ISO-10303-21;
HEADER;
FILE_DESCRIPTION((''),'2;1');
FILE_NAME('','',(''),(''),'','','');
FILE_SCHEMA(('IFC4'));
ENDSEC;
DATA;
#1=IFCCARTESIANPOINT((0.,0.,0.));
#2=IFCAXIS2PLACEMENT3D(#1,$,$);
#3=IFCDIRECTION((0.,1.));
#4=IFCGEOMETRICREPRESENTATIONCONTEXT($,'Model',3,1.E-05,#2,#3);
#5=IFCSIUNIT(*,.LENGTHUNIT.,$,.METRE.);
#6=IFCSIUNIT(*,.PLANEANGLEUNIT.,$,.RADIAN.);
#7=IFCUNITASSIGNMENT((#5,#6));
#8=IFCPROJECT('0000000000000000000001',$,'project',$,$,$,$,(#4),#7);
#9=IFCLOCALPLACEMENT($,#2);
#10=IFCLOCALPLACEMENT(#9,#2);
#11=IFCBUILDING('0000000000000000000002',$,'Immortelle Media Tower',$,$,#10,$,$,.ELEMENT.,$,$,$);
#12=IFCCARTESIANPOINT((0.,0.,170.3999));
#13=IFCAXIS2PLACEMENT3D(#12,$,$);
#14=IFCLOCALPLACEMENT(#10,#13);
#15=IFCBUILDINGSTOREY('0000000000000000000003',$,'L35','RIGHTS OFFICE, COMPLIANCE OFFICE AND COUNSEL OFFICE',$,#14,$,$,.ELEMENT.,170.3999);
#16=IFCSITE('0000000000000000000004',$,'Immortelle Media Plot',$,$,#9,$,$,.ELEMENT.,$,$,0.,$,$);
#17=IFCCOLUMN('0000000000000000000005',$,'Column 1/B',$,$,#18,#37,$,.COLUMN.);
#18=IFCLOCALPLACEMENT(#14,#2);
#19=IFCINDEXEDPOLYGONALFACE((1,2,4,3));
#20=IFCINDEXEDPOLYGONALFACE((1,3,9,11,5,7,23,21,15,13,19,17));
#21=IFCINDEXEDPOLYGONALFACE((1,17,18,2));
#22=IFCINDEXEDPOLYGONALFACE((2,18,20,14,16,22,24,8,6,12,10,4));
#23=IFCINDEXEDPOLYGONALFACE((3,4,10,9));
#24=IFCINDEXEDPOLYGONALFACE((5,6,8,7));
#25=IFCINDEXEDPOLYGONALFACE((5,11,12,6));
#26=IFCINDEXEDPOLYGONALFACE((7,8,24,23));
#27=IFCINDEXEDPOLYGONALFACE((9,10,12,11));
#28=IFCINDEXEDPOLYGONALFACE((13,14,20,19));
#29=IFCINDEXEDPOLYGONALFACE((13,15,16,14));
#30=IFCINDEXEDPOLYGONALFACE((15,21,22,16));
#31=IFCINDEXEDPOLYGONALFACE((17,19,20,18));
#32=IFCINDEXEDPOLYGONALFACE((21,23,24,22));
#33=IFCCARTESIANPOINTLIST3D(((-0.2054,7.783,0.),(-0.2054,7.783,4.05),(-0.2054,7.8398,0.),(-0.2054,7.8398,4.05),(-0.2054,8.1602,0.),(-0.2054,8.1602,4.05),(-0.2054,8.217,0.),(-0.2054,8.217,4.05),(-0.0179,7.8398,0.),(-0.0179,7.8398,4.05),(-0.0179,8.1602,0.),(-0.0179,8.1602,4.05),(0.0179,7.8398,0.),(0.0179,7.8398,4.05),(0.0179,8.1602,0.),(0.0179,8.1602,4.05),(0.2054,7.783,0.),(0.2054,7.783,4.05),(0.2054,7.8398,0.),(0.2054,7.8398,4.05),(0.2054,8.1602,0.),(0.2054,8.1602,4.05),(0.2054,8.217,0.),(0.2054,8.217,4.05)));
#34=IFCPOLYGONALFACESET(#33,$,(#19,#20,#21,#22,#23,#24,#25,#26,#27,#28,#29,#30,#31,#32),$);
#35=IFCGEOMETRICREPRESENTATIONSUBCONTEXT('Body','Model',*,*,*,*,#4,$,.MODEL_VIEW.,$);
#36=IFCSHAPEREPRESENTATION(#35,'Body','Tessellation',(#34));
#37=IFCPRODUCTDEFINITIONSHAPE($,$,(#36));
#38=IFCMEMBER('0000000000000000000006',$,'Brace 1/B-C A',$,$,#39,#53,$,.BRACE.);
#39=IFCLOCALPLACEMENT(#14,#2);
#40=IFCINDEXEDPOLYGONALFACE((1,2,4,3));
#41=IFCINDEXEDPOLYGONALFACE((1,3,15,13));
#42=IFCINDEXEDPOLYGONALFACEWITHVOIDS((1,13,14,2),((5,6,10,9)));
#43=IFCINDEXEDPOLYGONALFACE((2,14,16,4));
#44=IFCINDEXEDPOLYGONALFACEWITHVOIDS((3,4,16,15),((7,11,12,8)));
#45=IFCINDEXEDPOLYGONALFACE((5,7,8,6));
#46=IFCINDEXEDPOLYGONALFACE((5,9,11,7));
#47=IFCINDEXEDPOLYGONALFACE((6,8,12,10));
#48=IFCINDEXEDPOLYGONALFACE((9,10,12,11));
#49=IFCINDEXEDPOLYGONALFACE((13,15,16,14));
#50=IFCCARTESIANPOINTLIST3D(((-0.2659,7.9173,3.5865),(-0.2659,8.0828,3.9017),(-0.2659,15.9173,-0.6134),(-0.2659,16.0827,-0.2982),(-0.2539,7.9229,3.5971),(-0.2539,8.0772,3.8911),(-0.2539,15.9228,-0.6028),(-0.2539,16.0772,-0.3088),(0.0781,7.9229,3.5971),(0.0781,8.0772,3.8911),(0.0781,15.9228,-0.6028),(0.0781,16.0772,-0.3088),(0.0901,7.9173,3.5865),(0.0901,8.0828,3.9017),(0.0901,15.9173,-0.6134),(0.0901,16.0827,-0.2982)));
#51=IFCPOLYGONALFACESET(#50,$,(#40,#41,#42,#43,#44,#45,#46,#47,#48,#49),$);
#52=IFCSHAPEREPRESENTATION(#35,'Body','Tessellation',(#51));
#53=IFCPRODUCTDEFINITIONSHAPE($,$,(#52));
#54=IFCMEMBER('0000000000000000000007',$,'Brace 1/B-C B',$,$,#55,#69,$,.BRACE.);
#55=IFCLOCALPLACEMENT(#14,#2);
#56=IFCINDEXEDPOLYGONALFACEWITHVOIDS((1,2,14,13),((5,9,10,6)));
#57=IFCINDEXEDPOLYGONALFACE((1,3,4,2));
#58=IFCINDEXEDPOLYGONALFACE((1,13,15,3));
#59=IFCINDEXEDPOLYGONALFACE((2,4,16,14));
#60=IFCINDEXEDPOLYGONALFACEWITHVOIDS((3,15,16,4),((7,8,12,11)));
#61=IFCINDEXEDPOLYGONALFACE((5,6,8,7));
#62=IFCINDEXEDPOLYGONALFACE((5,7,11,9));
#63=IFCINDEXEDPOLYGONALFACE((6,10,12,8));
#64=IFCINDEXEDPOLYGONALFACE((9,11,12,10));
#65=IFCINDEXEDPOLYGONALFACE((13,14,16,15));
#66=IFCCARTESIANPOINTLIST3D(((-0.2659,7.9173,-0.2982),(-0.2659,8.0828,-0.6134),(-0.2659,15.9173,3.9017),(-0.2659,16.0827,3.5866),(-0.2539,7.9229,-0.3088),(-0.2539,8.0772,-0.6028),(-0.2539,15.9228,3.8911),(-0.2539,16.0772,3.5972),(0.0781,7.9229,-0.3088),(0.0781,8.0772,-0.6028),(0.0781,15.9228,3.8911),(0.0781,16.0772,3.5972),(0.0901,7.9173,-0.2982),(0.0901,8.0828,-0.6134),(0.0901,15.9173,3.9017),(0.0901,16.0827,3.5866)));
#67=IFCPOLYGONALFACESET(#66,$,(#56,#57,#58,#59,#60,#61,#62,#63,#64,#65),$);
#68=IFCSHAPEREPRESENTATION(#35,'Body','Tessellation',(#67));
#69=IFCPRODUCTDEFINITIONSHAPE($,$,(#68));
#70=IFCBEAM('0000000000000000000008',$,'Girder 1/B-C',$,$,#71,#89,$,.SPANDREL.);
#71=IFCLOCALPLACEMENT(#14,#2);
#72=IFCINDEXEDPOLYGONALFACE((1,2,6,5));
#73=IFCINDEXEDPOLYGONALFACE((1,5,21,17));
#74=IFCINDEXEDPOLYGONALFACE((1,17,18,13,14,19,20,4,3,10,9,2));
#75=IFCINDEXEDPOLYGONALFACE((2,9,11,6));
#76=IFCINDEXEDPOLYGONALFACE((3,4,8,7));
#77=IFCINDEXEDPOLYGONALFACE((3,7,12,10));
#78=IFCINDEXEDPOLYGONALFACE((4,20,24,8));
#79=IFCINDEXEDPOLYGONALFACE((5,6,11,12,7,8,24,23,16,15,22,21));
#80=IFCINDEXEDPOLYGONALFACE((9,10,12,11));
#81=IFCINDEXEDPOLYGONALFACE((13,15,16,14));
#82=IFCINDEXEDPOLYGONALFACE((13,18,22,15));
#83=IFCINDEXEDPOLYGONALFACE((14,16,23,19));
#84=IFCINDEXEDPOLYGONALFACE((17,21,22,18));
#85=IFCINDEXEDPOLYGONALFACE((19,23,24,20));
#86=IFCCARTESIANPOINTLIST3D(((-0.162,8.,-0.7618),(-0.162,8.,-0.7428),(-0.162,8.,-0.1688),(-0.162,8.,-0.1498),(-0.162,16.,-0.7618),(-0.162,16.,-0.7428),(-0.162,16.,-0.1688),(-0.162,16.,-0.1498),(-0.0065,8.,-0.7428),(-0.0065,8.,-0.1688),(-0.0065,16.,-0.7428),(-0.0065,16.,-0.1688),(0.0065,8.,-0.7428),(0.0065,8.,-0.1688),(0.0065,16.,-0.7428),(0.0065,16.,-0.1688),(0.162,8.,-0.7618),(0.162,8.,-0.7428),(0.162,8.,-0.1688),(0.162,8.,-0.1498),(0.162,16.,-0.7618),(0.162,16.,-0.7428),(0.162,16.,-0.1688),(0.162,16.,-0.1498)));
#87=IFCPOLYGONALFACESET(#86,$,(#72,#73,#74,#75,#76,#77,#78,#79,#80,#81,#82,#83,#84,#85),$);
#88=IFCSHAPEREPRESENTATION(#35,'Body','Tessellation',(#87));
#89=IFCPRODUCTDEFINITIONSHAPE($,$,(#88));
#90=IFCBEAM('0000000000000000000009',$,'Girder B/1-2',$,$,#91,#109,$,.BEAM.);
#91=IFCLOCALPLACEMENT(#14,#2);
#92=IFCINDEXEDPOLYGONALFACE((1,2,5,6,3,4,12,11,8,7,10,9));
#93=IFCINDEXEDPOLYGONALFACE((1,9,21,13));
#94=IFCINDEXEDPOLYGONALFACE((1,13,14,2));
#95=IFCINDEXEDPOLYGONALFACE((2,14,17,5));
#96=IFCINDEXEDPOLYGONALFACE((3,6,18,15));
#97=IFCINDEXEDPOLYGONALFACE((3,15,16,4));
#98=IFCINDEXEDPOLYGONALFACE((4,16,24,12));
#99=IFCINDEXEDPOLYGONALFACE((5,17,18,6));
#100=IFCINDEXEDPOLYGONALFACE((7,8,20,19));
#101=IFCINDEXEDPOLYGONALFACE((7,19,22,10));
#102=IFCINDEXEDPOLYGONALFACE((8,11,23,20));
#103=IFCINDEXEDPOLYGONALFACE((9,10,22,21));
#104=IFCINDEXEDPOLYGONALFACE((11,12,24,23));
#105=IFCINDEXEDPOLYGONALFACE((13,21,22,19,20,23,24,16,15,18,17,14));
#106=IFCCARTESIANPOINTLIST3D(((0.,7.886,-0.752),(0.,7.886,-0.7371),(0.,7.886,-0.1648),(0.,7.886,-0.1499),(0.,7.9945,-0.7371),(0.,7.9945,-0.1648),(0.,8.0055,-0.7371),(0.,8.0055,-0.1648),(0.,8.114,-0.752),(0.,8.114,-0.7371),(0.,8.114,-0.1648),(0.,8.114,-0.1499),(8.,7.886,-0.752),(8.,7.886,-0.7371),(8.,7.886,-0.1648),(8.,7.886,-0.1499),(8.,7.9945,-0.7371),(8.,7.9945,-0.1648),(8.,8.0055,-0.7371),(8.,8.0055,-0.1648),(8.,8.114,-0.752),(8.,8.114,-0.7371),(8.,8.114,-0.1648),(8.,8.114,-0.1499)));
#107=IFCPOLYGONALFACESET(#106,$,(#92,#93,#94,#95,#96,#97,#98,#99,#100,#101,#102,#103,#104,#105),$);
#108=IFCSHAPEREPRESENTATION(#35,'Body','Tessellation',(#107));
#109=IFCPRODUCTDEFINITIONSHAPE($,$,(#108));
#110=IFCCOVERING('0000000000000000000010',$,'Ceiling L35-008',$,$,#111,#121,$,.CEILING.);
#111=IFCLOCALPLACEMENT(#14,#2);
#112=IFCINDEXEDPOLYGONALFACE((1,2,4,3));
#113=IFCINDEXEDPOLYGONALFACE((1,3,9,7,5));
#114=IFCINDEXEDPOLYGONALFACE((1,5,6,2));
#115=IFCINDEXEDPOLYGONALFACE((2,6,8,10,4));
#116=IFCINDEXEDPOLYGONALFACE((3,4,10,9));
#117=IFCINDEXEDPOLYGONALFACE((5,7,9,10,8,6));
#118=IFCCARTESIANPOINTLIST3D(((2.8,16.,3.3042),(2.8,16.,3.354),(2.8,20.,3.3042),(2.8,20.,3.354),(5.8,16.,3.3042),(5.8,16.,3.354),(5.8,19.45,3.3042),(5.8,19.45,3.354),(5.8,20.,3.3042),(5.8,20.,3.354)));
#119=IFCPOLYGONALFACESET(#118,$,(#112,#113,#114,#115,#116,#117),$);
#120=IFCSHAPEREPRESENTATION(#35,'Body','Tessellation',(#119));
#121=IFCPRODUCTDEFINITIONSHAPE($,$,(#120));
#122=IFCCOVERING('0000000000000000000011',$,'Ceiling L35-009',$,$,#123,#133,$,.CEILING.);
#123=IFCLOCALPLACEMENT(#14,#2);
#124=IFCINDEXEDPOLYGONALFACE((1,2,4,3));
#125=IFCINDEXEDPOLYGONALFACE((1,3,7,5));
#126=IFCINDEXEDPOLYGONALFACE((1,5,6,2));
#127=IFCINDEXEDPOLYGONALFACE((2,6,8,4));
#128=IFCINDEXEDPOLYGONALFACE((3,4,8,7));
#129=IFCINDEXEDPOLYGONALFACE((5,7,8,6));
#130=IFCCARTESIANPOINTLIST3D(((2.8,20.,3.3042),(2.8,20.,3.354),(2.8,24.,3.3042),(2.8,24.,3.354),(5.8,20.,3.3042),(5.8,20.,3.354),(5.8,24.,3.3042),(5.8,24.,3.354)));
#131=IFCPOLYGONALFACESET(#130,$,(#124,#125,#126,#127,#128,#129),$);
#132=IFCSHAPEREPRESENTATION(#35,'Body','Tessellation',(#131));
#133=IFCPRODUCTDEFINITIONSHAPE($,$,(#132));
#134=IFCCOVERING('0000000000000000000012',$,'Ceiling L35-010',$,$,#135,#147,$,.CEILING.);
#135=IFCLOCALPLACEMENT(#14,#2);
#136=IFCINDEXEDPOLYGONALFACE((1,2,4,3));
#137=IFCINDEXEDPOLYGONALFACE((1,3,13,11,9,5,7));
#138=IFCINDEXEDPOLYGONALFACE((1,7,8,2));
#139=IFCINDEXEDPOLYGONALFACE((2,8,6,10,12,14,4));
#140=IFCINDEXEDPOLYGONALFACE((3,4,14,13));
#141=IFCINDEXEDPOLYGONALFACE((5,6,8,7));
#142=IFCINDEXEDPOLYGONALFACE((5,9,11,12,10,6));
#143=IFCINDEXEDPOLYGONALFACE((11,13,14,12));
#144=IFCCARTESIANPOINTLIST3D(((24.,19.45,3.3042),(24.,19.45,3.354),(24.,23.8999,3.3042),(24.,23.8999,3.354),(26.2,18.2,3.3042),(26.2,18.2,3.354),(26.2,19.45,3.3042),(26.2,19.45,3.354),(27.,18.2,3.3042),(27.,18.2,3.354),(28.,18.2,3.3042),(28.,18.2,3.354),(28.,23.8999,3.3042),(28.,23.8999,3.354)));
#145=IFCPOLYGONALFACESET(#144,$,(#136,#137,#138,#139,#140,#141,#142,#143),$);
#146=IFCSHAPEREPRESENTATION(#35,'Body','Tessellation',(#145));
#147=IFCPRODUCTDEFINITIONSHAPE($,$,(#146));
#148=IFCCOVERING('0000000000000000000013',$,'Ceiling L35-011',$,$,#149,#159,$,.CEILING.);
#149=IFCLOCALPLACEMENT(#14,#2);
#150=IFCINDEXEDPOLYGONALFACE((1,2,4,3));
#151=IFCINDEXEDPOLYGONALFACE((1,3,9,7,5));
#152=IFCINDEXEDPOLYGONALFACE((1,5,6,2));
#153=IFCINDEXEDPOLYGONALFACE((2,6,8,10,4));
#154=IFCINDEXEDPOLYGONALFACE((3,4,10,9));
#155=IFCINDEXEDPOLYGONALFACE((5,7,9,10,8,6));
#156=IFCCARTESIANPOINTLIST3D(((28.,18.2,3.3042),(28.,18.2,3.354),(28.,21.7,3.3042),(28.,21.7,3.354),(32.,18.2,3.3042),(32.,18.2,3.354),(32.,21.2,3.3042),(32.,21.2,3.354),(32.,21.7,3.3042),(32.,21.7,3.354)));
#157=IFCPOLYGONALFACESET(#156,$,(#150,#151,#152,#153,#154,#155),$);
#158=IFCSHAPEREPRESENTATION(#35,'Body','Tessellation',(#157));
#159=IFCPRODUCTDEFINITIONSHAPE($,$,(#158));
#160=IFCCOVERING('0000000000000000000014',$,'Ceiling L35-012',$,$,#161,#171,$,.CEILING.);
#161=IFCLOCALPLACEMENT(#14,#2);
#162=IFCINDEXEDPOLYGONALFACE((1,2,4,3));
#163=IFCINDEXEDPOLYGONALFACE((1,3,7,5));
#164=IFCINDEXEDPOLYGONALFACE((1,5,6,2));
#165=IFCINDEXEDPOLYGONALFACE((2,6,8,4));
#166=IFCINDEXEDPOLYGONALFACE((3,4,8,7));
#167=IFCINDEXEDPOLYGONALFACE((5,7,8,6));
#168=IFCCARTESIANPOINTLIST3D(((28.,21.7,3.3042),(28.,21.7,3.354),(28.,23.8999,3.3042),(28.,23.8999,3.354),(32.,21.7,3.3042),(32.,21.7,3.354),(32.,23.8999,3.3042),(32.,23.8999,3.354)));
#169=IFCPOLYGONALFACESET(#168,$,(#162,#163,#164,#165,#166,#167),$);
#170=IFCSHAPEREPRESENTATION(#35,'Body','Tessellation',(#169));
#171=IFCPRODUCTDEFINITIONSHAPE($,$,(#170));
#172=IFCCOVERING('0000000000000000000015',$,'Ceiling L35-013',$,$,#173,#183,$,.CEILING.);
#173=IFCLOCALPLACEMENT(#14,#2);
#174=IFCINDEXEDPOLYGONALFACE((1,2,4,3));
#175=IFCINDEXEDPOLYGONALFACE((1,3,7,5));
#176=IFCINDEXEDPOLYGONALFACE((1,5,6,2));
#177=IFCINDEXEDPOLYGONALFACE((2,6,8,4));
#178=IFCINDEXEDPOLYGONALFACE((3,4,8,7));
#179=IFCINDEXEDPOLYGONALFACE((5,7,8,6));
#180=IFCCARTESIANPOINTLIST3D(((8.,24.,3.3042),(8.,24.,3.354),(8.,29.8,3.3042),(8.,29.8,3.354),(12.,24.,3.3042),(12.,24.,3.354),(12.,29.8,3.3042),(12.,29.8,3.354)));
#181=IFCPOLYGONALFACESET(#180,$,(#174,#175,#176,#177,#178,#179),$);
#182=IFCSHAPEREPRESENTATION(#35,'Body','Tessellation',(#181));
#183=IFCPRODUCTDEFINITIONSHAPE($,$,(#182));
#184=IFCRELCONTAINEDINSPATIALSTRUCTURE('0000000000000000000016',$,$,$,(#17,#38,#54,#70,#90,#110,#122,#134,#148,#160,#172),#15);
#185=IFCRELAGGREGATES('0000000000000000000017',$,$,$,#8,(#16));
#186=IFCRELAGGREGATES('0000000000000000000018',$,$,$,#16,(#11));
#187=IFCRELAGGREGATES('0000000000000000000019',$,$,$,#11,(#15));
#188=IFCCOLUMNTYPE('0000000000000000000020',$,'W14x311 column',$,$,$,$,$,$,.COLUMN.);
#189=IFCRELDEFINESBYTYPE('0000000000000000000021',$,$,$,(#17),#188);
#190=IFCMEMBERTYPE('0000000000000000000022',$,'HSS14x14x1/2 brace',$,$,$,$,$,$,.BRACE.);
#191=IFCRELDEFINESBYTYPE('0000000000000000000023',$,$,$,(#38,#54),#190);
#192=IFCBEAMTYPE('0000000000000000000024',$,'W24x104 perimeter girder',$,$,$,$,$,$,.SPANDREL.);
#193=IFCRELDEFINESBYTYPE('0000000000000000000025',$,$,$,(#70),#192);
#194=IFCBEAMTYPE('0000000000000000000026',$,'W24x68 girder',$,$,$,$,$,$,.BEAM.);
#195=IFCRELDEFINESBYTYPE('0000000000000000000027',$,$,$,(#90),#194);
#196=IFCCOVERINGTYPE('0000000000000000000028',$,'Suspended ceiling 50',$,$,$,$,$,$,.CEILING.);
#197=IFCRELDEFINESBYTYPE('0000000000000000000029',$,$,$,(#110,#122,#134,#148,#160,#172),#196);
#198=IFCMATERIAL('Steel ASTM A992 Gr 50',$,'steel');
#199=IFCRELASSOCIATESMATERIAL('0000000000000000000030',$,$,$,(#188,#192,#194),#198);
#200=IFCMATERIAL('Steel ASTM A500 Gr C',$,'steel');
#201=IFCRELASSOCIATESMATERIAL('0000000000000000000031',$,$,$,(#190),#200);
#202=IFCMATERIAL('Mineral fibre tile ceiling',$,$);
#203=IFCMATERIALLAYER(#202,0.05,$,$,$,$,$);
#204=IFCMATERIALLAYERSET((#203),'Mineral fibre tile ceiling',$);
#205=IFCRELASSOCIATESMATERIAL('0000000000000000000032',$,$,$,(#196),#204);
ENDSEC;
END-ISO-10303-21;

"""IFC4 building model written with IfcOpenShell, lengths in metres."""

from ifc_helpers import new_model, si_unit, direction, frame, origin, origin_2d, place, context, subcontext, project, spatial, polyline, hollow_rectangle, i_section, outline, extrude, material, layer, layer_set, material_profile, profile_set, type_object, element, save


model = new_model("IFC4")

# Units and contexts
model_context = context("Model", 3, precision=1e-05, world=origin(), true_north=direction((0.0, 1.0)))
body_context = subcontext(model_context, "Body", "Model", "MODEL_VIEW")
ifc_project = project(units=[si_unit("LENGTHUNIT", "METRE"), si_unit("PLANEANGLEUNIT", "RADIAN")], contexts=[model_context])

# Site, building, storey
site_placement = place(None, origin())
site = spatial("IfcSite", under=ifc_project, at=site_placement, Name="Immortelle Media Plot", CompositionType="ELEMENT", RefElevation=0.0)
building_placement = place(site_placement, origin())
building = spatial("IfcBuilding", under=site, at=building_placement, Name="Immortelle Media Tower", CompositionType="ELEMENT")
storey_placement = place(building_placement, frame((0.0, 0.0, 170.3999)))
storey = spatial("IfcBuildingStorey", under=building, at=storey_placement, Name="L35", Description="RIGHTS OFFICE, COMPLIANCE OFFICE AND COUNSEL OFFICE", CompositionType="ELEMENT", Elevation=170.3999)

# Column
ifc_material_1 = material(Name="Steel ASTM A992 Gr 50", Category="steel")
ifc_material_profile_1 = material_profile(ifc_material_1, i_section(OverallWidth=0.4109, OverallDepth=0.4341, WebThickness=0.0359, FlangeThickness=0.0569, at=origin_2d()), Name="W14x311")
ifc_profile_set_1 = profile_set([ifc_material_profile_1], Name="Steel ASTM A992 Gr 50")
column_type = type_object("IfcColumnType", Name="W14x311 column", PredefinedType="COLUMN", material=ifc_profile_set_1)
column_placement = place(storey_placement, frame((0.0, 8.0, 0.0), z_axis=(0.0, 0.0, 1.0), x_axis=(1.0, 0.0, 0.0)))
element("IfcColumn", 1, at=column_placement, inside=storey, type_object=column_type, Name="Column 1/B", PredefinedType="COLUMN", context=body_context, shape_type="SweptSolid", body=[
    extrude(i_section(OverallWidth=0.4109, OverallDepth=0.4341, WebThickness=0.0359, FlangeThickness=0.0569, at=origin_2d()), origin(), (0.0, 0.0, 1.0), 4.05),
])

# Members
ifc_material_2 = material(Name="Steel ASTM A500 Gr C", Category="steel")
ifc_material_profile_2 = material_profile(ifc_material_2, hollow_rectangle(XDim=0.356, YDim=0.356, WallThickness=0.012, at=origin_2d()), Name="HSS14x14x1/2 brace")
ifc_profile_set_2 = profile_set([ifc_material_profile_2], Name="Steel ASTM A500 Gr C")
member_type = type_object("IfcMemberType", Name="HSS14x14x1/2 brace", PredefinedType="BRACE", material=ifc_profile_set_2)
for number, where, z_axis, x_axis, name in (
    (2, (-0.0879, 16.0, -0.4558), (0.0, -0.8854, 0.46483), (1.0, 0.0, 0.0), "Brace 1/B-C A"),
    (3, (-0.0879, 16.0, 3.7441), (0.0, -0.8854, -0.46483), (1.0, 0.0, 0.0), "Brace 1/B-C B"),
):
    element("IfcMember", number, at=place(storey_placement, frame(where, z_axis=z_axis, x_axis=x_axis)), inside=storey, type_object=member_type, Name=name, PredefinedType="BRACE", context=body_context, shape_type="SweptSolid", body=[
        extrude(hollow_rectangle(XDim=0.356, YDim=0.356, WallThickness=0.012, at=origin_2d()), origin(), (0.0, 0.0, 1.0), 9.0354),
    ])

# Beams
ifc_material_profile_3 = material_profile(ifc_material_1, i_section(OverallWidth=0.324, OverallDepth=0.6121, WebThickness=0.0129, FlangeThickness=0.019, at=origin_2d()), Name="W24x104")
ifc_profile_set_3 = profile_set([ifc_material_profile_3], Name="Steel ASTM A992 Gr 50")
beam_type_1 = type_object("IfcBeamType", Name="W24x104 perimeter girder", PredefinedType="SPANDREL", material=ifc_profile_set_3)
beam_1_placement = place(storey_placement, frame((0.0, 8.0, -0.4558), z_axis=(0.0, 1.0, 0.0), x_axis=(-1.0, 0.0, 0.0)))
element("IfcBeam", 4, at=beam_1_placement, inside=storey, type_object=beam_type_1, Name="Girder 1/B-C", PredefinedType="SPANDREL", context=body_context, shape_type="SweptSolid", body=[
    extrude(i_section(OverallWidth=0.324, OverallDepth=0.6121, WebThickness=0.0129, FlangeThickness=0.019, at=origin_2d()), origin(), (0.0, 0.0, 1.0), 8.0),
])
ifc_material_profile_4 = material_profile(ifc_material_1, i_section(OverallWidth=0.228, OverallDepth=0.6021, WebThickness=0.011, FlangeThickness=0.0149, at=origin_2d()), Name="W24x68")
ifc_profile_set_4 = profile_set([ifc_material_profile_4], Name="Steel ASTM A992 Gr 50")
beam_type_2 = type_object("IfcBeamType", Name="W24x68 girder", PredefinedType="BEAM", material=ifc_profile_set_4)
beam_2_placement = place(storey_placement, frame((0.0, 8.0, -0.4509), z_axis=(1.0, 0.0, 0.0), x_axis=(0.0, 1.0, 0.0)))
element("IfcBeam", 5, at=beam_2_placement, inside=storey, type_object=beam_type_2, Name="Girder B/1-2", PredefinedType="BEAM", context=body_context, shape_type="SweptSolid", body=[
    extrude(i_section(OverallWidth=0.228, OverallDepth=0.6021, WebThickness=0.011, FlangeThickness=0.0149, at=origin_2d()), origin(), (0.0, 0.0, 1.0), 8.0),
])

# Coverings
ifc_material_3 = material(Name="Mineral fibre tile ceiling")
ifc_layer = layer(ifc_material_3, 0.05)
ifc_layer_set = layer_set([ifc_layer], Name="Mineral fibre tile ceiling")
covering_type = type_object("IfcCoveringType", Name="Suspended ceiling 50", PredefinedType="CEILING", material=ifc_layer_set)
covering_1_placement = place(storey_placement, frame((0.0, 0.0, 3.3042)))
element("IfcCovering", 6, at=covering_1_placement, inside=storey, type_object=covering_type, Name="Ceiling L35-008", PredefinedType="CEILING", context=body_context, shape_type="SweptSolid", body=[
    extrude(outline(polyline([(5.8, 16.0), (2.8, 16.0), (2.8, 20.0), (5.8, 20.0), (5.8, 19.45), (5.8, 16.0)])), origin(), (0.0, 0.0, 1.0), 0.0498),
])
covering_2_placement = place(storey_placement, frame((0.0, 0.0, 3.3042)))
element("IfcCovering", 7, at=covering_2_placement, inside=storey, type_object=covering_type, Name="Ceiling L35-009", PredefinedType="CEILING", context=body_context, shape_type="SweptSolid", body=[
    extrude(outline(polyline([(2.8, 24.0), (5.8, 24.0), (5.8, 20.0), (2.8, 20.0), (2.8, 24.0)])), origin(), (0.0, 0.0, 1.0), 0.0498),
])
covering_3_placement = place(storey_placement, frame((0.0, 0.0, 3.3042)))
element("IfcCovering", 8, at=covering_3_placement, inside=storey, type_object=covering_type, Name="Ceiling L35-010", PredefinedType="CEILING", context=body_context, shape_type="SweptSolid", body=[
    extrude(outline(polyline([(26.2, 18.2), (26.2, 19.45), (24.0, 19.45), (24.0, 23.8999), (28.0, 23.8999), (28.0, 18.2), (27.0, 18.2), (26.2, 18.2)])), origin(), (0.0, 0.0, 1.0), 0.0498),
])
covering_4_placement = place(storey_placement, frame((0.0, 0.0, 3.3042)))
element("IfcCovering", 9, at=covering_4_placement, inside=storey, type_object=covering_type, Name="Ceiling L35-011", PredefinedType="CEILING", context=body_context, shape_type="SweptSolid", body=[
    extrude(outline(polyline([(32.0, 21.2), (32.0, 18.2), (28.0, 18.2), (28.0, 21.7), (32.0, 21.7), (32.0, 21.2)])), origin(), (0.0, 0.0, 1.0), 0.0498),
])
covering_5_placement = place(storey_placement, frame((0.0, 0.0, 3.3042)))
element("IfcCovering", 10, at=covering_5_placement, inside=storey, type_object=covering_type, Name="Ceiling L35-012", PredefinedType="CEILING", context=body_context, shape_type="SweptSolid", body=[
    extrude(outline(polyline([(32.0, 21.7), (28.0, 21.7), (28.0, 23.8999), (32.0, 23.8999), (32.0, 21.7)])), origin(), (0.0, 0.0, 1.0), 0.0498),
])
covering_6_placement = place(storey_placement, frame((0.0, 0.0, 3.3042)))
element("IfcCovering", 11, at=covering_6_placement, inside=storey, type_object=covering_type, Name="Ceiling L35-013", PredefinedType="CEILING", context=body_context, shape_type="SweptSolid", body=[
    extrude(outline(polyline([(8.0, 29.8), (12.0, 29.8), (12.0, 24.0), (8.0, 24.0), (8.0, 29.8)])), origin(), (0.0, 0.0, 1.0), 0.0498),
])

save(model, "model.ifc")
